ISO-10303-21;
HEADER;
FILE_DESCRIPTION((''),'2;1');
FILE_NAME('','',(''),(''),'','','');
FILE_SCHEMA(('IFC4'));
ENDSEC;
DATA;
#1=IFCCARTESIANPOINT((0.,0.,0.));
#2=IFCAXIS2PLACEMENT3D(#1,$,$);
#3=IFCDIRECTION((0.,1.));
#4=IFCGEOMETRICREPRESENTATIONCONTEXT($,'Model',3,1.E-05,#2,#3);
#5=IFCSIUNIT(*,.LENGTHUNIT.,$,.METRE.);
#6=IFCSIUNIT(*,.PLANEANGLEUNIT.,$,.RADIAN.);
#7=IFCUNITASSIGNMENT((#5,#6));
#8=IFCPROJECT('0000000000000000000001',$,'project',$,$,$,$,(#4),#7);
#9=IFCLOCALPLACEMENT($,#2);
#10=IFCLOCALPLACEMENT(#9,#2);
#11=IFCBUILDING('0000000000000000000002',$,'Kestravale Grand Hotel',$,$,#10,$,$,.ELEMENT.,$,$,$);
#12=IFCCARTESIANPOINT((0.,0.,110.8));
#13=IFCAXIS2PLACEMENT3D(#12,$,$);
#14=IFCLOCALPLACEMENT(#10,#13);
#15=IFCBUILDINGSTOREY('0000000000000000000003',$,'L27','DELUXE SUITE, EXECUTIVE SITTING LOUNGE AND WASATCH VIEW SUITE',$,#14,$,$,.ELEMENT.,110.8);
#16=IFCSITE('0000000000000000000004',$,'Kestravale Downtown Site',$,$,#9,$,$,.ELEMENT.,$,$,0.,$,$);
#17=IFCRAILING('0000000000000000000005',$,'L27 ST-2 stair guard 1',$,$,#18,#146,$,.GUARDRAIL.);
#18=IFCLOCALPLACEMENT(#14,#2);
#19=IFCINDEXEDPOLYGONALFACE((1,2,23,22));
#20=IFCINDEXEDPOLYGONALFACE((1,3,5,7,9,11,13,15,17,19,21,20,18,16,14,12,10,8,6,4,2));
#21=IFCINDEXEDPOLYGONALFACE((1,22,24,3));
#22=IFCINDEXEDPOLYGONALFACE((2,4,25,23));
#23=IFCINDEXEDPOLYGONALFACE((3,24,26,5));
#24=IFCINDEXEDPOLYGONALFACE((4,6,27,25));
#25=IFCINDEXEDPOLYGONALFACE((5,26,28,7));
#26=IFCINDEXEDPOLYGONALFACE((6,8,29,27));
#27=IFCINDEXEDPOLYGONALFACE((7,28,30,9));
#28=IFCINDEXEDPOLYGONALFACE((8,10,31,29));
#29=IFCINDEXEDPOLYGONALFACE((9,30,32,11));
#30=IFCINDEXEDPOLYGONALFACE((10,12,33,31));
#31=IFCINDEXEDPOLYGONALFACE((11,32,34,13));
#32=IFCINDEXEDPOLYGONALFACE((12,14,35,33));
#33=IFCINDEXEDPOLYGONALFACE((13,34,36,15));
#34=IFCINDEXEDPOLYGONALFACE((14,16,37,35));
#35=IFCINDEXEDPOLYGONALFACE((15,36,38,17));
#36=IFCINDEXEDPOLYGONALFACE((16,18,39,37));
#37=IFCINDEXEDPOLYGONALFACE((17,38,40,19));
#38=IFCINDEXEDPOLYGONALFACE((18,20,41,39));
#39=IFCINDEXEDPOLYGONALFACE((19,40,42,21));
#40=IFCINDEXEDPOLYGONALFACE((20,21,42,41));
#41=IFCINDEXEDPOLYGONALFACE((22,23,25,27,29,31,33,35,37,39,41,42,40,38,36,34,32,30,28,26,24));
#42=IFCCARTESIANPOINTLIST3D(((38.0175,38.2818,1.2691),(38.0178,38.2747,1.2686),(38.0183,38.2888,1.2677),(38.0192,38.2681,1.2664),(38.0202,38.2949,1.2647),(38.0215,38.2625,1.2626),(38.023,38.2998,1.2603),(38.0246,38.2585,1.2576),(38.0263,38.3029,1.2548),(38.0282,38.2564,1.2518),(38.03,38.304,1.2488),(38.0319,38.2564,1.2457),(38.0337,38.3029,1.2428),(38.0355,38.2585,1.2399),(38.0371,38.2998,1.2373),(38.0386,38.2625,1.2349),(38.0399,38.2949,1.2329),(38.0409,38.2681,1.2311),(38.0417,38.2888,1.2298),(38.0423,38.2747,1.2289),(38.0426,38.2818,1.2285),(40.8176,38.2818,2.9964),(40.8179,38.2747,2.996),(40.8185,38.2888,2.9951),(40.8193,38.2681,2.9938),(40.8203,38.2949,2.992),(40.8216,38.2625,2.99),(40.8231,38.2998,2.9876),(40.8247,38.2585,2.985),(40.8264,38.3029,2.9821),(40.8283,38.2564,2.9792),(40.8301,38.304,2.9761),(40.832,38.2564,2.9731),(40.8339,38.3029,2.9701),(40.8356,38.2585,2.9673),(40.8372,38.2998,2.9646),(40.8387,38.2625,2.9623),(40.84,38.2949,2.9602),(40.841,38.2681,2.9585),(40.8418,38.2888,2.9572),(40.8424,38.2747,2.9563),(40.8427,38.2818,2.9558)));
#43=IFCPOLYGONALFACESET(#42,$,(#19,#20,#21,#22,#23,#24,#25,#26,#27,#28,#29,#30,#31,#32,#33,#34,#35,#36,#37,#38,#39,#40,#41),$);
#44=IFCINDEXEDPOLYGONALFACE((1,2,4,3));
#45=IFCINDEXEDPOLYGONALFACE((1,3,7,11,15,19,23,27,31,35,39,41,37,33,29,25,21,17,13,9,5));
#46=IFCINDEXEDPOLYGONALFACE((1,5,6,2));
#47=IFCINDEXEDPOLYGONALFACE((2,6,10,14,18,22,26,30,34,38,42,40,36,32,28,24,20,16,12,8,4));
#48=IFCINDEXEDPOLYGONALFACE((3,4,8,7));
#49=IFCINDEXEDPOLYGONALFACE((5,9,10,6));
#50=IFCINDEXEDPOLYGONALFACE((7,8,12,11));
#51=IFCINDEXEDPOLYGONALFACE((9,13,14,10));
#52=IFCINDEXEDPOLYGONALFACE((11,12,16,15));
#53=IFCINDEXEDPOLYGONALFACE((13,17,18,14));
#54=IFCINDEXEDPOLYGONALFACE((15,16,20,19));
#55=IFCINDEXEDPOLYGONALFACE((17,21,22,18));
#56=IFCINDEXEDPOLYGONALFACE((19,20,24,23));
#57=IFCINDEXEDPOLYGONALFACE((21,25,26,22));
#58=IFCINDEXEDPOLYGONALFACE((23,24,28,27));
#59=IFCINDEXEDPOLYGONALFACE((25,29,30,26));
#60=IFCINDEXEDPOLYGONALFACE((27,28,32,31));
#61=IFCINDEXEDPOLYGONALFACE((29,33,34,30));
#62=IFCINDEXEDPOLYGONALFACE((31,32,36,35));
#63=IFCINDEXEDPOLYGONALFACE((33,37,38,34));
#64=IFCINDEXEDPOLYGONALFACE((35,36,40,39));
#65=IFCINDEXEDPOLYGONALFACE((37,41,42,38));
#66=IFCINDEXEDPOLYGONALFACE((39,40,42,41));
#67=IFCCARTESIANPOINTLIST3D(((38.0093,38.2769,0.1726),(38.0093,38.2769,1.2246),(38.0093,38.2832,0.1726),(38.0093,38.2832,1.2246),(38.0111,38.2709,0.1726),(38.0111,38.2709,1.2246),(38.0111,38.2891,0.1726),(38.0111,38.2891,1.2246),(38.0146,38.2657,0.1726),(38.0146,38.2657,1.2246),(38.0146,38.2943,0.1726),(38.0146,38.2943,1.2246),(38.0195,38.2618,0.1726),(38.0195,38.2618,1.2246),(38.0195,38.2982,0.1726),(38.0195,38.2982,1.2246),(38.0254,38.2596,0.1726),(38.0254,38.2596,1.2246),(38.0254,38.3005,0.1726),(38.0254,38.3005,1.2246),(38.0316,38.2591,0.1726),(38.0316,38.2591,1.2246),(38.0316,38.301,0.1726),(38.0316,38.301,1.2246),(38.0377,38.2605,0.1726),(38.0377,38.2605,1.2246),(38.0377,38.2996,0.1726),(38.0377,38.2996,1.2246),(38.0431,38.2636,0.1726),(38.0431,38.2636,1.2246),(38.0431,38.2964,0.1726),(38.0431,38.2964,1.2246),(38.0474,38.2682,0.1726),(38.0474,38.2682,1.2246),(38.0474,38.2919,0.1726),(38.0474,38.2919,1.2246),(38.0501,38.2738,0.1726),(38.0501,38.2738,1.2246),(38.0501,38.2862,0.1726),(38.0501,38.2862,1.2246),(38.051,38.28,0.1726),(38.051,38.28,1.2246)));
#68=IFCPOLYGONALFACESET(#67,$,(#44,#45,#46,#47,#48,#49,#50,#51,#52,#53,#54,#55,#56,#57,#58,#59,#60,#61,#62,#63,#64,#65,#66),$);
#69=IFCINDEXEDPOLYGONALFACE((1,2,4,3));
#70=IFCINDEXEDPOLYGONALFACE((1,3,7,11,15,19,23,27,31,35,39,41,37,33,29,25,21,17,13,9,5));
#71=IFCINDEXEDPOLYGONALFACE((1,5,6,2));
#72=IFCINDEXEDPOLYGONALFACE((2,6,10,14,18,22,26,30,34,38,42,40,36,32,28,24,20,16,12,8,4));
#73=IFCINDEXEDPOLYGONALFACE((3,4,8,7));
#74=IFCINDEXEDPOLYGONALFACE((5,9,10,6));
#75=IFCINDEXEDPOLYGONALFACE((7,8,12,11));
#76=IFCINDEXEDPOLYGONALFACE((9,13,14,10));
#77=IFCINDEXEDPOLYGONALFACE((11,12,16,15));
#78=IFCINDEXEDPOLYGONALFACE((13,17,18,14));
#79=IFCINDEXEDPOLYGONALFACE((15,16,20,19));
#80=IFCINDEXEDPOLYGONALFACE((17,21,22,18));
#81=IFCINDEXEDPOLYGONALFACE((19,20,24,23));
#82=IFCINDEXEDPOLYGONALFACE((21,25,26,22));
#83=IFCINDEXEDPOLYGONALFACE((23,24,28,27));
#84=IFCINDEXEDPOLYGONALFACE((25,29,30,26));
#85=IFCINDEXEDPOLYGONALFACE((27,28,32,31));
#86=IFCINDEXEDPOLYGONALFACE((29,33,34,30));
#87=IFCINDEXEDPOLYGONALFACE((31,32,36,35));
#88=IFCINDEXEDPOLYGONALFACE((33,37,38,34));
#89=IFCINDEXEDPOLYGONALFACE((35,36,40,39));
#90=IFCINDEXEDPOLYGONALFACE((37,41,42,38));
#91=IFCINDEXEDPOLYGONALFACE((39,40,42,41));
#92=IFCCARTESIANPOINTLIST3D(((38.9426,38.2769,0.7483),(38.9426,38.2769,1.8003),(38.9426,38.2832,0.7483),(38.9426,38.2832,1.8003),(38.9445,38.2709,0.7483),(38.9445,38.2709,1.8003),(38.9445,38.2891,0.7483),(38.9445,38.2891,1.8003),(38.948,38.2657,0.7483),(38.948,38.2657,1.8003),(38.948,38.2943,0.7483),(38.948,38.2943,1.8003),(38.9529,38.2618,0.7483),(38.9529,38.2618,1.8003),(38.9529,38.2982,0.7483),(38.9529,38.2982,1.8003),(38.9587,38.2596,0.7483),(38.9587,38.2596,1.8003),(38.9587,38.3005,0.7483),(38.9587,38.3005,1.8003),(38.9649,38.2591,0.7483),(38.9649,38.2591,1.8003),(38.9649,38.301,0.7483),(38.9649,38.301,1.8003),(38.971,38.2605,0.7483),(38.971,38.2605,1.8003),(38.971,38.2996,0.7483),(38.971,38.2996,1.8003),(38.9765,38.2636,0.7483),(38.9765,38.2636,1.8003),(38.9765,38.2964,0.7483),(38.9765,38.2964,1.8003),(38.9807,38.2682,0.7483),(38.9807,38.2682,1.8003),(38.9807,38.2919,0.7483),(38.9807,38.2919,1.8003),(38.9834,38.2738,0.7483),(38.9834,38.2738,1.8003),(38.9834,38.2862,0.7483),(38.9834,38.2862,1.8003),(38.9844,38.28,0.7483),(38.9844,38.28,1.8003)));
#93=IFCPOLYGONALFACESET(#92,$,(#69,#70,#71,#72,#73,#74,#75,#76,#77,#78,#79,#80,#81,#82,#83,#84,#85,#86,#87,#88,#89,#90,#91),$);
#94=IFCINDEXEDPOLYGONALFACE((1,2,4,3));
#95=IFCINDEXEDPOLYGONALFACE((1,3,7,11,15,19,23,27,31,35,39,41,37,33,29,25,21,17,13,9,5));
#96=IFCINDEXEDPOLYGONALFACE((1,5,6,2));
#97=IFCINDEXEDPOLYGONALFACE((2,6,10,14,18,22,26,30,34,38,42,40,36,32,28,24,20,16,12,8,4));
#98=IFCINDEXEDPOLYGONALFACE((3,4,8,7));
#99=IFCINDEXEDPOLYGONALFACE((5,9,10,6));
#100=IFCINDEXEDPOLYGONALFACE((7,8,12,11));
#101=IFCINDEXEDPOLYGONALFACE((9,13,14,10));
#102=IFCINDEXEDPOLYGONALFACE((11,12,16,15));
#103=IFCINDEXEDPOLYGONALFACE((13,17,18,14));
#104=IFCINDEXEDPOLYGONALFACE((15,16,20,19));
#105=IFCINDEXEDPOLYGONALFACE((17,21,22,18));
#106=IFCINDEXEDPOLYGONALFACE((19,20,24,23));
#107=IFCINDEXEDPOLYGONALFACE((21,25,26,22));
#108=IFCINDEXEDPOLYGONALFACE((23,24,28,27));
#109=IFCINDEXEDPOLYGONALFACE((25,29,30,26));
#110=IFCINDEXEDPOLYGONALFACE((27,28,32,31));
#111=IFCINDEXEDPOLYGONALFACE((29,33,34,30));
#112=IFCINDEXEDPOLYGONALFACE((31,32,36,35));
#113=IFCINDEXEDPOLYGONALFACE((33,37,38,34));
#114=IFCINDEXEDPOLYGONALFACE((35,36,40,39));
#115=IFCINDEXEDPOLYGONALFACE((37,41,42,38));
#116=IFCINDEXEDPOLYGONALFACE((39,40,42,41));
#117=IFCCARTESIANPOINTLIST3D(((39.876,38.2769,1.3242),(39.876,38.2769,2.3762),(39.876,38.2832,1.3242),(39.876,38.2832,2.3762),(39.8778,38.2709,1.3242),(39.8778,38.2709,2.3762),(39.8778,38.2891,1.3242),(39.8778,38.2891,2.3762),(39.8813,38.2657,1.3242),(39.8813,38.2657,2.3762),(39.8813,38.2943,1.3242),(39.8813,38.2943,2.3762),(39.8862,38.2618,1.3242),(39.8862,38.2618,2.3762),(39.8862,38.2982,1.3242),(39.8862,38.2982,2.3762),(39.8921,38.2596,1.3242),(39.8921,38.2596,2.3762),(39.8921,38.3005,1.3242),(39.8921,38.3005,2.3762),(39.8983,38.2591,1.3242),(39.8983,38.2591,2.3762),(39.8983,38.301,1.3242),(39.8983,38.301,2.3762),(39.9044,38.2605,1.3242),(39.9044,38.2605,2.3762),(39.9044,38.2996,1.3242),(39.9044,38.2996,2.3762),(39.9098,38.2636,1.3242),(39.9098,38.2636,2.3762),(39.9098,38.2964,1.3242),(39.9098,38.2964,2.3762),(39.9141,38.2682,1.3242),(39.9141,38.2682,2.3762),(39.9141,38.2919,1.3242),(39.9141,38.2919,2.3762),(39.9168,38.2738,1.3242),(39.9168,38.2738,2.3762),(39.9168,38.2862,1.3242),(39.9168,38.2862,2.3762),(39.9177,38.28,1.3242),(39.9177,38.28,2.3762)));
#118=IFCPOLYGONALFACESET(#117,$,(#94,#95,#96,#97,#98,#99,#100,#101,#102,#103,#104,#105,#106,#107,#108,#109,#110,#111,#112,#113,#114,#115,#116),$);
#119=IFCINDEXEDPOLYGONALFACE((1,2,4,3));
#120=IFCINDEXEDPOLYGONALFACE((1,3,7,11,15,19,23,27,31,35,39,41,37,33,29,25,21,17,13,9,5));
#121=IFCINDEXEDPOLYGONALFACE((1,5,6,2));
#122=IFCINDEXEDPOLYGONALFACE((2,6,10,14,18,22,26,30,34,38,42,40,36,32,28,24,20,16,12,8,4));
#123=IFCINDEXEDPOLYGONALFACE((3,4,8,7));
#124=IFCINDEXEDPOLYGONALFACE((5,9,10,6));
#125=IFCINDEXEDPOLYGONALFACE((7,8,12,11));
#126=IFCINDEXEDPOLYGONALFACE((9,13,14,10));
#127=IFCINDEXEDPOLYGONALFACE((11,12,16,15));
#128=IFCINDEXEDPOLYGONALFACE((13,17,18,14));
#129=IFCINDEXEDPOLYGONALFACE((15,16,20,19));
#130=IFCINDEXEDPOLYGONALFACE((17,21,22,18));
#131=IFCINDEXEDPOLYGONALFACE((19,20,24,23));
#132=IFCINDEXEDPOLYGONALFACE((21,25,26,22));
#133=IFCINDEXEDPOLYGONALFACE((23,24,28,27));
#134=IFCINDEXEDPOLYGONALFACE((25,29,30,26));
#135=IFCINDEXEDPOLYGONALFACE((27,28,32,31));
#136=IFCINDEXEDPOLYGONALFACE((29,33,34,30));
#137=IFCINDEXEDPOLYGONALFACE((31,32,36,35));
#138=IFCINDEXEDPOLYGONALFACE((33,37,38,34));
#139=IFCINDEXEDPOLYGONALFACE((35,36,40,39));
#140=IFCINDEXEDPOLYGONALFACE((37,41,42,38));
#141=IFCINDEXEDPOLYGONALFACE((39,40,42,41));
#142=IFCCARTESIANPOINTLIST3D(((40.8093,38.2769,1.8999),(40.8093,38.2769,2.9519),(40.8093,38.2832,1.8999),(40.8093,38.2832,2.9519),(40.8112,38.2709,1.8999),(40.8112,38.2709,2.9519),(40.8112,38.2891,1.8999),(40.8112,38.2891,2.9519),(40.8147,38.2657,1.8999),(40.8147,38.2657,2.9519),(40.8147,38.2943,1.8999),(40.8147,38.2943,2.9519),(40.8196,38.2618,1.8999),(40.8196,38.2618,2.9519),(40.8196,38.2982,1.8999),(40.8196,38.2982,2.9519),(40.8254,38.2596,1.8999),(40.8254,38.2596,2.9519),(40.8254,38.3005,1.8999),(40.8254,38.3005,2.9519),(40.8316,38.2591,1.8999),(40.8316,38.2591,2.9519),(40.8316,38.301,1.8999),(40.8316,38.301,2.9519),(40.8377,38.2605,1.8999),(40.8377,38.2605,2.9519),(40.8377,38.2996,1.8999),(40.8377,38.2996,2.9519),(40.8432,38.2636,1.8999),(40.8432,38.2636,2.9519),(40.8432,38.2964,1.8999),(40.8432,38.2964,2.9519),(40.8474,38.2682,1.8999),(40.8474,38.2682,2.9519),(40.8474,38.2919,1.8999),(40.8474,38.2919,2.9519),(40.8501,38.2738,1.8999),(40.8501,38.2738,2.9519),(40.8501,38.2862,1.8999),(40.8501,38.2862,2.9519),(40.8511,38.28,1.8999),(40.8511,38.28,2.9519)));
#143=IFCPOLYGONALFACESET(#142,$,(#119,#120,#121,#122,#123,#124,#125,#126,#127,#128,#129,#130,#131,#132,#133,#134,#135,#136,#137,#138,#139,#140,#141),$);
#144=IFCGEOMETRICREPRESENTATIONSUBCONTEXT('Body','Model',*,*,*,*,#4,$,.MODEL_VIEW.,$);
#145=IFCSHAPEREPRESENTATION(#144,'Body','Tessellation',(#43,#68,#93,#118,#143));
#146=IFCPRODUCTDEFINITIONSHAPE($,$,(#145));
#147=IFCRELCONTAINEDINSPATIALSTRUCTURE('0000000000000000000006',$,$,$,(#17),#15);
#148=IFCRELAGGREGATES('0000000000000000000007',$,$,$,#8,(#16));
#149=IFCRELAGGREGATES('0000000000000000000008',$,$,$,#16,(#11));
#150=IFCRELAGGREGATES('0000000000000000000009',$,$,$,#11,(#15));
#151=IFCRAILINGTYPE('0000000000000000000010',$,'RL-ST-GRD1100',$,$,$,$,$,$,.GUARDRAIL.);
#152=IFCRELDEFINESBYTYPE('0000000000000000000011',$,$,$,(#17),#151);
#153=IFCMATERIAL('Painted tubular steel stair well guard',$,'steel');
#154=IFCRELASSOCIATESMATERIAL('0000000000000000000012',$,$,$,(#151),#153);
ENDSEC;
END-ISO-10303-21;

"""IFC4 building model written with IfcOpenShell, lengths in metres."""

from ifc_helpers import new_model, si_unit, direction, frame, origin, origin_2d, place, context, subcontext, project, spatial, circle, extrude, material, type_object, element, save


model = new_model("IFC4")

# Units and contexts
model_context = context("Model", 3, precision=1e-05, world=origin(), true_north=direction((0.0, 1.0)))
body_context = subcontext(model_context, "Body", "Model", "MODEL_VIEW")
ifc_project = project(units=[si_unit("LENGTHUNIT", "METRE"), si_unit("PLANEANGLEUNIT", "RADIAN")], contexts=[model_context])

# Site, building, storey
site_placement = place(None, origin())
site = spatial("IfcSite", under=ifc_project, at=site_placement, Name="Kestravale Downtown Site", CompositionType="ELEMENT", RefElevation=0.0)
building_placement = place(site_placement, origin())
building = spatial("IfcBuilding", under=site, at=building_placement, Name="Kestravale Grand Hotel", CompositionType="ELEMENT")
storey_placement = place(building_placement, frame((0.0, 0.0, 110.8)))
storey = spatial("IfcBuildingStorey", under=building, at=storey_placement, Name="L27", Description="DELUXE SUITE, EXECUTIVE SITTING LOUNGE AND WASATCH VIEW SUITE", CompositionType="ELEMENT", Elevation=110.8)

# Railing
ifc_material_1 = material(Name="Painted tubular steel stair well guard", Category="steel")
railing_type_1 = type_object("IfcRailingType", Name="RL-ST-GRD1100", PredefinedType="GUARDRAIL", material=ifc_material_1)
railing_1_placement = place(storey_placement, frame((38.03, 38.28, 0.1726)))
element("IfcRailing", 1, at=railing_1_placement, inside=storey, type_object=railing_type_1, Name="L27 ST-2 stair guard 1", PredefinedType="GUARDRAIL", context=body_context, shape_type="SweptSolid", body=[
    extrude(circle(Radius=0.0239, at=origin_2d()), frame((0.0, 0.0, 1.0762), z_axis=(0.85109, 0.0, 0.52502), x_axis=(0.0, 1.0, 0.0)), (0.0, 0.0, 1.0), 3.29),
    extrude(circle(Radius=0.021, at=origin_2d()), origin(), (0.0, 0.0, 1.0), 1.052),
    extrude(circle(Radius=0.021, at=origin_2d()), frame((0.9333, 0.0, 0.5757)), (0.0, 0.0, 1.0), 1.052),
    extrude(circle(Radius=0.021, at=origin_2d()), frame((1.8667, 0.0, 1.1516)), (0.0, 0.0, 1.0), 1.052),
    extrude(circle(Radius=0.021, at=origin_2d()), frame((2.8, 0.0, 1.7273)), (0.0, 0.0, 1.0), 1.052),
])

save(model, "model.ifc")
